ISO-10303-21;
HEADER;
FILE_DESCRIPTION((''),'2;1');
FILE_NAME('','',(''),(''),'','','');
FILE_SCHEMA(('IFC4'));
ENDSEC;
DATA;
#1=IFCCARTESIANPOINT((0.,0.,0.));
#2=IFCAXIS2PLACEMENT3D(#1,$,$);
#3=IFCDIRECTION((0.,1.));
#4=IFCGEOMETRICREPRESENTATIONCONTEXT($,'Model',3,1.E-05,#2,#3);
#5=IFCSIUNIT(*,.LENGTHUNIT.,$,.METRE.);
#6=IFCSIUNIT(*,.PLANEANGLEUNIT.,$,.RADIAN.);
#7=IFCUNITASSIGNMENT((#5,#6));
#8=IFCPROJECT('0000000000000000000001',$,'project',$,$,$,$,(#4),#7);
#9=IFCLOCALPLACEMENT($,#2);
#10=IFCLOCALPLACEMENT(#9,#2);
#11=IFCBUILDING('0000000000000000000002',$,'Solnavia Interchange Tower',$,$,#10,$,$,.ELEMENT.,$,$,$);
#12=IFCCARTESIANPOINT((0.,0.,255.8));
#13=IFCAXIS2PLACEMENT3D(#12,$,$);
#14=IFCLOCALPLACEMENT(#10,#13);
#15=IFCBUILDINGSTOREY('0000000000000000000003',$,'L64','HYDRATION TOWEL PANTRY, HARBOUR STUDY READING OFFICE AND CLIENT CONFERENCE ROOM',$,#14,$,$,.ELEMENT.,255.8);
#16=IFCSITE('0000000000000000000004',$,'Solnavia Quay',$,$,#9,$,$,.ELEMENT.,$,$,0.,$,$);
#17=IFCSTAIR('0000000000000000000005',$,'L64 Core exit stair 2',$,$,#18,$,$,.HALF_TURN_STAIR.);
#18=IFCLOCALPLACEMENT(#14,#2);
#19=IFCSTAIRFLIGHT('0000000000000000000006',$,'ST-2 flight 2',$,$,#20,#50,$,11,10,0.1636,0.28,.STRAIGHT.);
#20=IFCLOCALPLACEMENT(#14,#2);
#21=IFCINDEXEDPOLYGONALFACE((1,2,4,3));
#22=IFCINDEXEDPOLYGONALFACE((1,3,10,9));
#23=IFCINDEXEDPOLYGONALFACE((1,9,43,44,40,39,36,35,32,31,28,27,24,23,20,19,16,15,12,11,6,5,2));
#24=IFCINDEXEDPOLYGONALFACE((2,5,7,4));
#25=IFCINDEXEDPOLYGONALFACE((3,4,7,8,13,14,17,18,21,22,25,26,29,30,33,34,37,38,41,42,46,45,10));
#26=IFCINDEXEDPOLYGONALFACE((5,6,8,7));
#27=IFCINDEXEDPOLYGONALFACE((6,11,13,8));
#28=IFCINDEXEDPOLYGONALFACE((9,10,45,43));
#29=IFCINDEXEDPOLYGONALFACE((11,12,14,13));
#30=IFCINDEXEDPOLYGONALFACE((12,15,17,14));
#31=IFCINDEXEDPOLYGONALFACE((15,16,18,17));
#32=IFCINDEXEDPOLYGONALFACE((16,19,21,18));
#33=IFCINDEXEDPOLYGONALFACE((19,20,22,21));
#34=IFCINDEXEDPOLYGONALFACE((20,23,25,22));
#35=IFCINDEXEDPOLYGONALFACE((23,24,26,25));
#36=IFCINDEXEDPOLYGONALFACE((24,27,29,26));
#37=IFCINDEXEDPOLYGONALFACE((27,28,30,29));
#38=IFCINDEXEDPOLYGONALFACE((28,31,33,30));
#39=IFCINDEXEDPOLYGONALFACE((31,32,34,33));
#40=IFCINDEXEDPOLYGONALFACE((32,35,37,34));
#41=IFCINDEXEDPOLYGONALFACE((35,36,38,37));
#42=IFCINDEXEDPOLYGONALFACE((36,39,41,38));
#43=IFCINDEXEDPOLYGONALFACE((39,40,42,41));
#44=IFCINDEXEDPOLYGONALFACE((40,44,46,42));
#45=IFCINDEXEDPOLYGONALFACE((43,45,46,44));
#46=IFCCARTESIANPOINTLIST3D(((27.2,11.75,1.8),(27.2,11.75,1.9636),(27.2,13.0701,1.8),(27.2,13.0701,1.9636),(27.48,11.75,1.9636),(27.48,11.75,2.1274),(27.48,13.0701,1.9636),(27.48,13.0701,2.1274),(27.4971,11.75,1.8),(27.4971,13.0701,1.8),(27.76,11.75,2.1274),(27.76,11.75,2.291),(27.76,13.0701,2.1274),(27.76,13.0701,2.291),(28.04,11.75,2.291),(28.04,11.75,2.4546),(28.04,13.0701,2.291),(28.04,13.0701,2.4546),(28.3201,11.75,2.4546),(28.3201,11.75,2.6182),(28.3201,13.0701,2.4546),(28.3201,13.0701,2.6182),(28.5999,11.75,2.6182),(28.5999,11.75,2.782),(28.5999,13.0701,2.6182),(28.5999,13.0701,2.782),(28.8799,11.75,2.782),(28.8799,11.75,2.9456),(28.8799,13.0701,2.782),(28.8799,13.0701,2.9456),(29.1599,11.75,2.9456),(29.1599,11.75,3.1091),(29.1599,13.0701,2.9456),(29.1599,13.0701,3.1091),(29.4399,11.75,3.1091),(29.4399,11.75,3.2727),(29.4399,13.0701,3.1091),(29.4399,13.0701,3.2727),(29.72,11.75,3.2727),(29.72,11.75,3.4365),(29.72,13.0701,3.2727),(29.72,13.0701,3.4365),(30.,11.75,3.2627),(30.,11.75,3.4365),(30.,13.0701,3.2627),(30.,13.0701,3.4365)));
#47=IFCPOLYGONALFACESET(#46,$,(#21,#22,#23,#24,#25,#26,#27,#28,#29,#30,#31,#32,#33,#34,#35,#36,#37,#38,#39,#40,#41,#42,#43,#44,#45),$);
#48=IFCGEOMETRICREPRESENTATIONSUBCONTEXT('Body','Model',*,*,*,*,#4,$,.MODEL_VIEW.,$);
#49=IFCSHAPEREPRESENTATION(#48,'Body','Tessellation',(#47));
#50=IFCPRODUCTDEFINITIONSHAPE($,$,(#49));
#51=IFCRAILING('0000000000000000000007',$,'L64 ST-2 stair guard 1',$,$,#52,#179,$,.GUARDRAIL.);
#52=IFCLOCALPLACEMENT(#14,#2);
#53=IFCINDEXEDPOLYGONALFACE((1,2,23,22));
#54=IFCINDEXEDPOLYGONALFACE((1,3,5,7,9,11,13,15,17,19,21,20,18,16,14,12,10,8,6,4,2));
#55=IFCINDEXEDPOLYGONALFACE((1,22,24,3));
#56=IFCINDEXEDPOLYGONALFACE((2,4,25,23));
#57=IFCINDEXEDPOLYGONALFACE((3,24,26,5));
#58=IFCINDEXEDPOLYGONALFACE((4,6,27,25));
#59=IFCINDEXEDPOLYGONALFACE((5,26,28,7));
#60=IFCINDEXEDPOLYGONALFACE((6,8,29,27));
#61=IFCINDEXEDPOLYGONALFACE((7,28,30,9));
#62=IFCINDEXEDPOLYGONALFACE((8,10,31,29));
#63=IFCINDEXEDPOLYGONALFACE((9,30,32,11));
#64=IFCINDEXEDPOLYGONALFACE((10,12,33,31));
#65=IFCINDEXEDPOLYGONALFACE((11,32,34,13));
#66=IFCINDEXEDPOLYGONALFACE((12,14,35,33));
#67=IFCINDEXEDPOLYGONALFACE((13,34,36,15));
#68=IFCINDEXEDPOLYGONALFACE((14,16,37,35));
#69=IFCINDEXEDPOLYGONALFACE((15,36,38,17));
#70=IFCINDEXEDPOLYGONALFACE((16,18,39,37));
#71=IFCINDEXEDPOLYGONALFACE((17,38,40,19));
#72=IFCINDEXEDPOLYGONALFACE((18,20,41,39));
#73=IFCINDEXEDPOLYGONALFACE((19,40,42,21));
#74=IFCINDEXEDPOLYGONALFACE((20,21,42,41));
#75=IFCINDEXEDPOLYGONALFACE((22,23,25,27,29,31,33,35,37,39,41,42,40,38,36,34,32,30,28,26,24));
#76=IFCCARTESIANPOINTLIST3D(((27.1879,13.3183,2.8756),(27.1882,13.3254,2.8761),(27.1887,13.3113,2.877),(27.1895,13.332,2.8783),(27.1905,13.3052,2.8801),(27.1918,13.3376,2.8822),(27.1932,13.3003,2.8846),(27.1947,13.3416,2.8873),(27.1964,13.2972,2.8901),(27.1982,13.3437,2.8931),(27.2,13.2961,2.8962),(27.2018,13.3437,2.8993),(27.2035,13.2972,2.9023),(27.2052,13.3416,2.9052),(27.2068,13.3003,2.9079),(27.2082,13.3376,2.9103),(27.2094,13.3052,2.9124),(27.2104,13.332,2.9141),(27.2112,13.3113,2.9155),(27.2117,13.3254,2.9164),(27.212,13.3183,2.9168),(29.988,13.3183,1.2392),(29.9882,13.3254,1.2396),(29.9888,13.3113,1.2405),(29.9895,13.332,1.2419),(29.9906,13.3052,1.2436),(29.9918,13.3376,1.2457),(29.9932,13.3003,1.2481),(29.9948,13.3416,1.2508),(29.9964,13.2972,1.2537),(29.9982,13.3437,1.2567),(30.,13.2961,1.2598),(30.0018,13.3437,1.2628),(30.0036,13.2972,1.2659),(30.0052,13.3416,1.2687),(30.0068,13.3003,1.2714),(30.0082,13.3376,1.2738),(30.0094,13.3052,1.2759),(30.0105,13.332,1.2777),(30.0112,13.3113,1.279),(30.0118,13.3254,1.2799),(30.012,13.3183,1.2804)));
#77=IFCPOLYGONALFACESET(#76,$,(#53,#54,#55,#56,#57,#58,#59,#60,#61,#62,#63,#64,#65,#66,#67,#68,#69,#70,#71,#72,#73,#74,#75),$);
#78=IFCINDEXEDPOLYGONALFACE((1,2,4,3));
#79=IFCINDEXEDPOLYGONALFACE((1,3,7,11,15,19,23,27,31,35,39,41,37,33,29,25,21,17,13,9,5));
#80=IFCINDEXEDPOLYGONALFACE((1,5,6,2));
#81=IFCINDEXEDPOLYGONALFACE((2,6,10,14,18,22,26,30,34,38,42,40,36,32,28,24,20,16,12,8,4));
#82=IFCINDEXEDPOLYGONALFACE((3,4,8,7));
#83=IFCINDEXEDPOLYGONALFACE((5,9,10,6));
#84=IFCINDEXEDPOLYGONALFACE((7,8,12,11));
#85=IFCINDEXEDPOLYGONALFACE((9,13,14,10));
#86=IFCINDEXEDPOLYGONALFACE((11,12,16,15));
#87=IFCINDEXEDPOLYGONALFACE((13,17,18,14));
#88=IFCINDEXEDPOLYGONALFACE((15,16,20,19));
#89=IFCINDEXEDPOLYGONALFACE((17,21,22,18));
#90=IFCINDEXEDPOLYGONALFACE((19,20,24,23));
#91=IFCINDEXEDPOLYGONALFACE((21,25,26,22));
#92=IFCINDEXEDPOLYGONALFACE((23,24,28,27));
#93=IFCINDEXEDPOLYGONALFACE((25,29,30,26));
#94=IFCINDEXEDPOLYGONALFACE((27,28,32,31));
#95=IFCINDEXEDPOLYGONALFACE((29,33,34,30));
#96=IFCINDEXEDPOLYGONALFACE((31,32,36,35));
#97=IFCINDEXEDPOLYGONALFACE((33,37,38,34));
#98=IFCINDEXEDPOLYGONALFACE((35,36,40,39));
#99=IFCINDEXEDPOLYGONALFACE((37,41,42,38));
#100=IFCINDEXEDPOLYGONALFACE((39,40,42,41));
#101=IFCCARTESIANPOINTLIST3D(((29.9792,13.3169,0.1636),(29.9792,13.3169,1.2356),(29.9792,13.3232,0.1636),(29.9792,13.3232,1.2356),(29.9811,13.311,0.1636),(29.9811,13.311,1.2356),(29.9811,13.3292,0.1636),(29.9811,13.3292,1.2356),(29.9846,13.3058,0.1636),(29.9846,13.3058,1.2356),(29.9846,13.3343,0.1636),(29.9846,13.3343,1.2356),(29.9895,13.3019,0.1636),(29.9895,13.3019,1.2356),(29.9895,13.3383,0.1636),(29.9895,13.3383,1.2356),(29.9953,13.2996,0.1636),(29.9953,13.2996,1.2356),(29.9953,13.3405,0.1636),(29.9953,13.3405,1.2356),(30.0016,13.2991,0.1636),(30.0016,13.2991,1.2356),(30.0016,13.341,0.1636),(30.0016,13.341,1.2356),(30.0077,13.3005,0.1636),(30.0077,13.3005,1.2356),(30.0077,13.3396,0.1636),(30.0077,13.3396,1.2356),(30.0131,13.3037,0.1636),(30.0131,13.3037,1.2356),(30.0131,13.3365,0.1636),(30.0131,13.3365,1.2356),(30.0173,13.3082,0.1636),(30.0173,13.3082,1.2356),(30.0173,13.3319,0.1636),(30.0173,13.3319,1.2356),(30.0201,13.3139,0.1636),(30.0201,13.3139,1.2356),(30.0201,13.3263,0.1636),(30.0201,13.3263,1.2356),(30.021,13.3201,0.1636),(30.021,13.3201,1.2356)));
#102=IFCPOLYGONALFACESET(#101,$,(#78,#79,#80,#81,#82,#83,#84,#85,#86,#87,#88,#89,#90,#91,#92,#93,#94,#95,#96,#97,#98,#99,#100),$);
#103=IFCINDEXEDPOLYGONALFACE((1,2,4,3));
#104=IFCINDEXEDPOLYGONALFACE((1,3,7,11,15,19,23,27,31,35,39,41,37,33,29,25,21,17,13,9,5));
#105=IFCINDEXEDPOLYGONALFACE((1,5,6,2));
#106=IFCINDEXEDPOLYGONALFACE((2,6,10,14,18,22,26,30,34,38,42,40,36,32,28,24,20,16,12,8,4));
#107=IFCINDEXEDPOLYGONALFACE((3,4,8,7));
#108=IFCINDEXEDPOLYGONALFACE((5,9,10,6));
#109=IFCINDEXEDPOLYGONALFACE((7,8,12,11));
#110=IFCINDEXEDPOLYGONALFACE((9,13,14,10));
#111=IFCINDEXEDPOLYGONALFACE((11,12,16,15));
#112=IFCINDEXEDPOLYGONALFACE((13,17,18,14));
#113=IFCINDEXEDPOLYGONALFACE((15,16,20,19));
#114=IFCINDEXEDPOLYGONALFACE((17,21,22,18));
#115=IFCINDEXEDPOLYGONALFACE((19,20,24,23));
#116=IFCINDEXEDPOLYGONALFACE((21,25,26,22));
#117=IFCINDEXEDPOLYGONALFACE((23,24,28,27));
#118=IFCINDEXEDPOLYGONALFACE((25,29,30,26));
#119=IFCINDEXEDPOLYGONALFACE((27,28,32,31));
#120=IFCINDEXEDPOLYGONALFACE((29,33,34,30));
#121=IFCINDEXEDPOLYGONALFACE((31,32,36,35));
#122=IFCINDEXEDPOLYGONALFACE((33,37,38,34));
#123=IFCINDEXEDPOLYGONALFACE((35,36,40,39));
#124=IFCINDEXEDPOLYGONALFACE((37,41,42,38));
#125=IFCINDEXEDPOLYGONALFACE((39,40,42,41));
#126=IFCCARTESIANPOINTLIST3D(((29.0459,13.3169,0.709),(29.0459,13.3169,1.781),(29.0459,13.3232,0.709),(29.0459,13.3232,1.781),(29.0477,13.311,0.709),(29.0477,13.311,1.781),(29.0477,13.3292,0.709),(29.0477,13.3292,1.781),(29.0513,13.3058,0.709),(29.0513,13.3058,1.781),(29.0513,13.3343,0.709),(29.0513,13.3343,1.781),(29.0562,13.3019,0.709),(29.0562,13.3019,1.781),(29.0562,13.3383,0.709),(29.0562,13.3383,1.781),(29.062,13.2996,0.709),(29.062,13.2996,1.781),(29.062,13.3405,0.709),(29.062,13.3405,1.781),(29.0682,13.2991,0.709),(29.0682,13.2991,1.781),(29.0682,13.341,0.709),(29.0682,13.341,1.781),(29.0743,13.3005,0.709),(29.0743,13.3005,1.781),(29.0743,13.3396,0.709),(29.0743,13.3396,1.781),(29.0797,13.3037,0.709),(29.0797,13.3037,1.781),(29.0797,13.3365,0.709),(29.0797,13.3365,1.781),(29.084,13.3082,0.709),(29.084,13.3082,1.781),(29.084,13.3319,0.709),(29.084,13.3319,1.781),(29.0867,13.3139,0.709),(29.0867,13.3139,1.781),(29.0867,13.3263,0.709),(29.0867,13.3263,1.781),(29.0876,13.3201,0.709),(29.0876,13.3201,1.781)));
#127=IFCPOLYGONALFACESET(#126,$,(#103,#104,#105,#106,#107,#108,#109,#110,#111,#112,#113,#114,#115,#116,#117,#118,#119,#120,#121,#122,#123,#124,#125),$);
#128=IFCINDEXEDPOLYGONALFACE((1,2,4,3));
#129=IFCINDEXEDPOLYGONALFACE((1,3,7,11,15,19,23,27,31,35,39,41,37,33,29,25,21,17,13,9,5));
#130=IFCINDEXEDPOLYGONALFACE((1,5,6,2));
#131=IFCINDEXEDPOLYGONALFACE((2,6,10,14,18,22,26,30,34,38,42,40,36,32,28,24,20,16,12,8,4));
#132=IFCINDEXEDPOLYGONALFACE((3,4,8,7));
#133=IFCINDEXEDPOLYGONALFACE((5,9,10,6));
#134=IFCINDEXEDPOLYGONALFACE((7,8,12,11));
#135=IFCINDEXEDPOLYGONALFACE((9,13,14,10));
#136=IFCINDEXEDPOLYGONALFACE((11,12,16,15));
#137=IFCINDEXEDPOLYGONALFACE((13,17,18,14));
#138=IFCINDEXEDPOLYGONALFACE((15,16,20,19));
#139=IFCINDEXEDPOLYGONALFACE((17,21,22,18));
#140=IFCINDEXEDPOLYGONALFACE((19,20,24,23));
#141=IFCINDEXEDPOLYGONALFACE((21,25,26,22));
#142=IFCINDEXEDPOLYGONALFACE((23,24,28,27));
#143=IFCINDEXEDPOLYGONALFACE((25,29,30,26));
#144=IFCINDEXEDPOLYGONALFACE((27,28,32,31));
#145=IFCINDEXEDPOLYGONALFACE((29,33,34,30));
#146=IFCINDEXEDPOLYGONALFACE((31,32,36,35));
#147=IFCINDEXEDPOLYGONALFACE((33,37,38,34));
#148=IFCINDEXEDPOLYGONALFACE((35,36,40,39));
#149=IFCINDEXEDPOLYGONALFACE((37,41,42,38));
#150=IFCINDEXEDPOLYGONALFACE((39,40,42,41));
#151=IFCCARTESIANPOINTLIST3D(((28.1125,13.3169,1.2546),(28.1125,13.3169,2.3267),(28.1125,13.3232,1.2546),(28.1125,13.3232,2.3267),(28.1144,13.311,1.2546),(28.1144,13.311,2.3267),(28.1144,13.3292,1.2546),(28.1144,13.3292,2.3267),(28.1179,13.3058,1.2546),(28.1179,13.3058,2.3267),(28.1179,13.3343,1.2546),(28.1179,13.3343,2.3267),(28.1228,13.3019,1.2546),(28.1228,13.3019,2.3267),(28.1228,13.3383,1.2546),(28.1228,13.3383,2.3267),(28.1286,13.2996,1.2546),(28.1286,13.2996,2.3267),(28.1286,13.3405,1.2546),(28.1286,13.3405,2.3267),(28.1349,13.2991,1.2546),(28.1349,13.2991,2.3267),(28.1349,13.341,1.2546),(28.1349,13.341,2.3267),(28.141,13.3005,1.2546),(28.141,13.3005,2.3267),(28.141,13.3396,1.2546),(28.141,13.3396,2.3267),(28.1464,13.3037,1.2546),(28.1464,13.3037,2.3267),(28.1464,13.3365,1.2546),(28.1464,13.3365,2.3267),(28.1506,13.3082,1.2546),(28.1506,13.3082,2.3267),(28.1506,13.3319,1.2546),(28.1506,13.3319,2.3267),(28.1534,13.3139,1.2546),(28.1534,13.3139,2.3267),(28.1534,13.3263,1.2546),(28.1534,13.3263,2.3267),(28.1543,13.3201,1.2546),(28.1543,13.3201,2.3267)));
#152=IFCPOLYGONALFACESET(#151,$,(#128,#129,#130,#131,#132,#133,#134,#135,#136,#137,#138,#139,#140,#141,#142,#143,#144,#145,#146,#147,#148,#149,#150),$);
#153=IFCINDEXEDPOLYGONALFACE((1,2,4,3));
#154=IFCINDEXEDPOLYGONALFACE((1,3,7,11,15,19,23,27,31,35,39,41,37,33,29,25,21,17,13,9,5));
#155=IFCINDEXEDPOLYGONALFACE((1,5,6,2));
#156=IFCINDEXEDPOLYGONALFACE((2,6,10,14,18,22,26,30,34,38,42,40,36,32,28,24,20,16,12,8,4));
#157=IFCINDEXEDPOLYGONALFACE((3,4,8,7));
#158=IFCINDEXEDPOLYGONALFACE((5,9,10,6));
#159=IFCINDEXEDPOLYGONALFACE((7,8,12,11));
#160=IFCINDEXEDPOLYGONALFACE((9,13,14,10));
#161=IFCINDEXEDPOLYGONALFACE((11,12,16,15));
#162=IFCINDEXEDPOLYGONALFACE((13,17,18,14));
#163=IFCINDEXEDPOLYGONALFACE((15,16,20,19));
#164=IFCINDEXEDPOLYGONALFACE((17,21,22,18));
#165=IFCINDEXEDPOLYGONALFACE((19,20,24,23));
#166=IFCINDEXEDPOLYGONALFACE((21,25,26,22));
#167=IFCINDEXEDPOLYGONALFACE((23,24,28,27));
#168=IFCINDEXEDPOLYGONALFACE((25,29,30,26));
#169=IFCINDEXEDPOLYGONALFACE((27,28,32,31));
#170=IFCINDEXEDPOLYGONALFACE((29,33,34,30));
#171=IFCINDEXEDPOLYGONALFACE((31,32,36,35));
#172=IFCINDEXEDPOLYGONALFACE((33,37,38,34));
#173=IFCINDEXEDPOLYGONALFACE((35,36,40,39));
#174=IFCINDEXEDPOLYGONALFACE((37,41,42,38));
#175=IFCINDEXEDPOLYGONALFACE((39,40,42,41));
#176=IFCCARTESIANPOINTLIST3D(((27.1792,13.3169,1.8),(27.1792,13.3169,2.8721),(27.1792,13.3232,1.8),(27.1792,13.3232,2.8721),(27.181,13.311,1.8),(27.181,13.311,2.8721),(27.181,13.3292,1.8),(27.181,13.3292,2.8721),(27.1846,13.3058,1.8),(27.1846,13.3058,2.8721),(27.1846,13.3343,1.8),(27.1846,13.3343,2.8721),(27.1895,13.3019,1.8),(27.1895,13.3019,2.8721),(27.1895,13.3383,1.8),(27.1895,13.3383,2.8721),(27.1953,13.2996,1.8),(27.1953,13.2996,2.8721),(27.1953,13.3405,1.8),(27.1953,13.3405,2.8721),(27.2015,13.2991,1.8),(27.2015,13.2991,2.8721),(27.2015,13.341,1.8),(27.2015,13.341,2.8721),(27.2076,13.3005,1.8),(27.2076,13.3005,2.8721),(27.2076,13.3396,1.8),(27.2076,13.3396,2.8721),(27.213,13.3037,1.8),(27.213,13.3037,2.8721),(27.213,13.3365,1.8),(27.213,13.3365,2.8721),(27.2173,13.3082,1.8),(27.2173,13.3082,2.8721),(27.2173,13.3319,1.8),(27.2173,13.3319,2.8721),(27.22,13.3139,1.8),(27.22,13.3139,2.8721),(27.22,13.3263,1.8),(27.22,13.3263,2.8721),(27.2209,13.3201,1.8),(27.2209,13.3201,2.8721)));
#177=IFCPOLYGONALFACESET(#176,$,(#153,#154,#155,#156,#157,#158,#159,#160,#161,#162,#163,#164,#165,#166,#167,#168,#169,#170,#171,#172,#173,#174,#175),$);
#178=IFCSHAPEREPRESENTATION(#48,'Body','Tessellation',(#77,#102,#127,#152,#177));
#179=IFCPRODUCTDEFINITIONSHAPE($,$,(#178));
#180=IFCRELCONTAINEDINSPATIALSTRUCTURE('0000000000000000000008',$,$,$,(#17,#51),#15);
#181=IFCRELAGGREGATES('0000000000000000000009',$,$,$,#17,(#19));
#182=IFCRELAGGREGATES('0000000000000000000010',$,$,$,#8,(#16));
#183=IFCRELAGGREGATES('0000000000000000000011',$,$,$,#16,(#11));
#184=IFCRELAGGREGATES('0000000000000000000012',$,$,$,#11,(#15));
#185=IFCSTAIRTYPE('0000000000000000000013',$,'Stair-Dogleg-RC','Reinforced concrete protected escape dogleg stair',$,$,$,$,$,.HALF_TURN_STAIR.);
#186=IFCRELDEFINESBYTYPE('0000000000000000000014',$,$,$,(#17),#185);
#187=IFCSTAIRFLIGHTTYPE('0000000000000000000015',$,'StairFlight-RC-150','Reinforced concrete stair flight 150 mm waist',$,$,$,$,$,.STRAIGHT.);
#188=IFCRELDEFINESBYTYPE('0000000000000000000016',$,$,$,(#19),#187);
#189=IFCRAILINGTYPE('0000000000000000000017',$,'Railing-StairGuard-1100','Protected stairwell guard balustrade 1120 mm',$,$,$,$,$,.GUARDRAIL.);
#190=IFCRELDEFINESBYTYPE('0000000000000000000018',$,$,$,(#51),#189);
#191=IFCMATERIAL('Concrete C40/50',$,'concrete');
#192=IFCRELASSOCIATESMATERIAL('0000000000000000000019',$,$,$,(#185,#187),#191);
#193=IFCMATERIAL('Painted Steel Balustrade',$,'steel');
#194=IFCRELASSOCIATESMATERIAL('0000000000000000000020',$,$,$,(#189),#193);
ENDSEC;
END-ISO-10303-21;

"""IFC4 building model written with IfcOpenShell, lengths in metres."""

from ifc_helpers import new_model, si_unit, direction, frame, origin, origin_2d, place, context, subcontext, project, spatial, polyline, circle, outline, extrude, material, type_object, element, aggregate, save


model = new_model("IFC4")

# Units and contexts
model_context = context("Model", 3, precision=1e-05, world=origin(), true_north=direction((0.0, 1.0)))
body_context = subcontext(model_context, "Body", "Model", "MODEL_VIEW")
ifc_project = project(units=[si_unit("LENGTHUNIT", "METRE"), si_unit("PLANEANGLEUNIT", "RADIAN")], contexts=[model_context])

# Site, building, storey
site_placement = place(None, origin())
site = spatial("IfcSite", under=ifc_project, at=site_placement, Name="Solnavia Quay", CompositionType="ELEMENT", RefElevation=0.0)
building_placement = place(site_placement, origin())
building = spatial("IfcBuilding", under=site, at=building_placement, Name="Solnavia Interchange Tower", CompositionType="ELEMENT")
storey_placement = place(building_placement, frame((0.0, 0.0, 255.8)))
storey = spatial("IfcBuildingStorey", under=building, at=storey_placement, Name="L64", Description="HYDRATION TOWEL PANTRY, HARBOUR STUDY READING OFFICE AND CLIENT CONFERENCE ROOM", CompositionType="ELEMENT", Elevation=255.8)

# Shared definitions
ifc_material_1 = material(Name="Concrete C40/50", Category="concrete")

# Stair, stair flight
stair_type = type_object("IfcStairType", Name="Stair-Dogleg-RC", Description="Reinforced concrete protected escape dogleg stair", PredefinedType="HALF_TURN_STAIR", material=ifc_material_1)
stair_placement = place(storey_placement, origin())
stair = element("IfcStair", 1, at=stair_placement, inside=storey, type_object=stair_type, Name="L64 Core exit stair 2", PredefinedType="HALF_TURN_STAIR")
stair_flight_type = type_object("IfcStairFlightType", Name="StairFlight-RC-150", Description="Reinforced concrete stair flight 150 mm waist", PredefinedType="STRAIGHT", material=ifc_material_1)
stair_flight_1_placement = place(storey_placement, frame((27.2, 12.4099, 1.8), z_axis=(0.0, 0.0, 1.0), x_axis=(1.0, 0.0, 0.0)))
stair_flight_1 = element("IfcStairFlight", 2, at=stair_flight_1_placement, type_object=stair_flight_type, Name="ST-2 flight 2", NumberOfRisers=11, NumberOfTreads=10, PredefinedType="STRAIGHT", RiserHeight=0.1636, TreadLength=0.28, context=body_context, shape_type="SweptSolid", body=[
    extrude(outline(polyline([(0.0, 0.0), (0.0, 0.1636), (0.28, 0.1636), (0.28, 0.3274), (0.5601, 0.3274), (0.5601, 0.491), (0.8401, 0.491), (0.8401, 0.6545), (1.1201, 0.6545), (1.1201, 0.8181), (1.3999, 0.8181), (1.3999, 0.9819), (1.6799, 0.9819), (1.6799, 1.1455), (1.96, 1.1455), (1.96, 1.3091), (2.24, 1.3091), (2.24, 1.4727), (2.52, 1.4727), (2.52, 1.6365), (2.8, 1.6365), (2.8, 1.8), (2.8, 1.4626), (0.2971, 0.0), (0.0, 0.0)])), frame((0.0, 0.6602, 0.0), z_axis=(0.0, -1.0, 0.0), x_axis=(1.0, 0.0, 0.0)), (0.0, 0.0, 1.0), 1.3201),
])
aggregate(stair, [stair_flight_1])

# Railing
ifc_material_2 = material(Name="Painted Steel Balustrade", Category="steel")
railing_type_1 = type_object("IfcRailingType", Name="Railing-StairGuard-1100", Description="Protected stairwell guard balustrade 1120 mm", PredefinedType="GUARDRAIL", material=ifc_material_2)
railing_1_placement = place(storey_placement, frame((30.0, 13.3201, 0.1636)))
element("IfcRailing", 3, at=railing_1_placement, inside=storey, type_object=railing_type_1, Name="L64 ST-2 stair guard 1", PredefinedType="GUARDRAIL", context=body_context, shape_type="SweptSolid", body=[
    extrude(circle(Radius=0.0239, at=origin_2d()), frame((0.0, 0.0, 1.0962), z_axis=(-0.863361, 0.0, 0.504587), x_axis=(0.0, -1.0, 0.0)), (0.0, 0.0, 1.0), 3.2432),
    extrude(circle(Radius=0.021, at=origin_2d()), origin(), (0.0, 0.0, 1.0), 1.072),
    extrude(circle(Radius=0.021, at=origin_2d()), frame((-0.9333, 0.0, 0.5454)), (0.0, 0.0, 1.0), 1.072),
    extrude(circle(Radius=0.021, at=origin_2d()), frame((-1.8667, 0.0, 1.0911)), (0.0, 0.0, 1.0), 1.072),
    extrude(circle(Radius=0.021, at=origin_2d()), frame((-2.8, 0.0, 1.6365)), (0.0, 0.0, 1.0), 1.072),
])

save(model, "model.ifc")
